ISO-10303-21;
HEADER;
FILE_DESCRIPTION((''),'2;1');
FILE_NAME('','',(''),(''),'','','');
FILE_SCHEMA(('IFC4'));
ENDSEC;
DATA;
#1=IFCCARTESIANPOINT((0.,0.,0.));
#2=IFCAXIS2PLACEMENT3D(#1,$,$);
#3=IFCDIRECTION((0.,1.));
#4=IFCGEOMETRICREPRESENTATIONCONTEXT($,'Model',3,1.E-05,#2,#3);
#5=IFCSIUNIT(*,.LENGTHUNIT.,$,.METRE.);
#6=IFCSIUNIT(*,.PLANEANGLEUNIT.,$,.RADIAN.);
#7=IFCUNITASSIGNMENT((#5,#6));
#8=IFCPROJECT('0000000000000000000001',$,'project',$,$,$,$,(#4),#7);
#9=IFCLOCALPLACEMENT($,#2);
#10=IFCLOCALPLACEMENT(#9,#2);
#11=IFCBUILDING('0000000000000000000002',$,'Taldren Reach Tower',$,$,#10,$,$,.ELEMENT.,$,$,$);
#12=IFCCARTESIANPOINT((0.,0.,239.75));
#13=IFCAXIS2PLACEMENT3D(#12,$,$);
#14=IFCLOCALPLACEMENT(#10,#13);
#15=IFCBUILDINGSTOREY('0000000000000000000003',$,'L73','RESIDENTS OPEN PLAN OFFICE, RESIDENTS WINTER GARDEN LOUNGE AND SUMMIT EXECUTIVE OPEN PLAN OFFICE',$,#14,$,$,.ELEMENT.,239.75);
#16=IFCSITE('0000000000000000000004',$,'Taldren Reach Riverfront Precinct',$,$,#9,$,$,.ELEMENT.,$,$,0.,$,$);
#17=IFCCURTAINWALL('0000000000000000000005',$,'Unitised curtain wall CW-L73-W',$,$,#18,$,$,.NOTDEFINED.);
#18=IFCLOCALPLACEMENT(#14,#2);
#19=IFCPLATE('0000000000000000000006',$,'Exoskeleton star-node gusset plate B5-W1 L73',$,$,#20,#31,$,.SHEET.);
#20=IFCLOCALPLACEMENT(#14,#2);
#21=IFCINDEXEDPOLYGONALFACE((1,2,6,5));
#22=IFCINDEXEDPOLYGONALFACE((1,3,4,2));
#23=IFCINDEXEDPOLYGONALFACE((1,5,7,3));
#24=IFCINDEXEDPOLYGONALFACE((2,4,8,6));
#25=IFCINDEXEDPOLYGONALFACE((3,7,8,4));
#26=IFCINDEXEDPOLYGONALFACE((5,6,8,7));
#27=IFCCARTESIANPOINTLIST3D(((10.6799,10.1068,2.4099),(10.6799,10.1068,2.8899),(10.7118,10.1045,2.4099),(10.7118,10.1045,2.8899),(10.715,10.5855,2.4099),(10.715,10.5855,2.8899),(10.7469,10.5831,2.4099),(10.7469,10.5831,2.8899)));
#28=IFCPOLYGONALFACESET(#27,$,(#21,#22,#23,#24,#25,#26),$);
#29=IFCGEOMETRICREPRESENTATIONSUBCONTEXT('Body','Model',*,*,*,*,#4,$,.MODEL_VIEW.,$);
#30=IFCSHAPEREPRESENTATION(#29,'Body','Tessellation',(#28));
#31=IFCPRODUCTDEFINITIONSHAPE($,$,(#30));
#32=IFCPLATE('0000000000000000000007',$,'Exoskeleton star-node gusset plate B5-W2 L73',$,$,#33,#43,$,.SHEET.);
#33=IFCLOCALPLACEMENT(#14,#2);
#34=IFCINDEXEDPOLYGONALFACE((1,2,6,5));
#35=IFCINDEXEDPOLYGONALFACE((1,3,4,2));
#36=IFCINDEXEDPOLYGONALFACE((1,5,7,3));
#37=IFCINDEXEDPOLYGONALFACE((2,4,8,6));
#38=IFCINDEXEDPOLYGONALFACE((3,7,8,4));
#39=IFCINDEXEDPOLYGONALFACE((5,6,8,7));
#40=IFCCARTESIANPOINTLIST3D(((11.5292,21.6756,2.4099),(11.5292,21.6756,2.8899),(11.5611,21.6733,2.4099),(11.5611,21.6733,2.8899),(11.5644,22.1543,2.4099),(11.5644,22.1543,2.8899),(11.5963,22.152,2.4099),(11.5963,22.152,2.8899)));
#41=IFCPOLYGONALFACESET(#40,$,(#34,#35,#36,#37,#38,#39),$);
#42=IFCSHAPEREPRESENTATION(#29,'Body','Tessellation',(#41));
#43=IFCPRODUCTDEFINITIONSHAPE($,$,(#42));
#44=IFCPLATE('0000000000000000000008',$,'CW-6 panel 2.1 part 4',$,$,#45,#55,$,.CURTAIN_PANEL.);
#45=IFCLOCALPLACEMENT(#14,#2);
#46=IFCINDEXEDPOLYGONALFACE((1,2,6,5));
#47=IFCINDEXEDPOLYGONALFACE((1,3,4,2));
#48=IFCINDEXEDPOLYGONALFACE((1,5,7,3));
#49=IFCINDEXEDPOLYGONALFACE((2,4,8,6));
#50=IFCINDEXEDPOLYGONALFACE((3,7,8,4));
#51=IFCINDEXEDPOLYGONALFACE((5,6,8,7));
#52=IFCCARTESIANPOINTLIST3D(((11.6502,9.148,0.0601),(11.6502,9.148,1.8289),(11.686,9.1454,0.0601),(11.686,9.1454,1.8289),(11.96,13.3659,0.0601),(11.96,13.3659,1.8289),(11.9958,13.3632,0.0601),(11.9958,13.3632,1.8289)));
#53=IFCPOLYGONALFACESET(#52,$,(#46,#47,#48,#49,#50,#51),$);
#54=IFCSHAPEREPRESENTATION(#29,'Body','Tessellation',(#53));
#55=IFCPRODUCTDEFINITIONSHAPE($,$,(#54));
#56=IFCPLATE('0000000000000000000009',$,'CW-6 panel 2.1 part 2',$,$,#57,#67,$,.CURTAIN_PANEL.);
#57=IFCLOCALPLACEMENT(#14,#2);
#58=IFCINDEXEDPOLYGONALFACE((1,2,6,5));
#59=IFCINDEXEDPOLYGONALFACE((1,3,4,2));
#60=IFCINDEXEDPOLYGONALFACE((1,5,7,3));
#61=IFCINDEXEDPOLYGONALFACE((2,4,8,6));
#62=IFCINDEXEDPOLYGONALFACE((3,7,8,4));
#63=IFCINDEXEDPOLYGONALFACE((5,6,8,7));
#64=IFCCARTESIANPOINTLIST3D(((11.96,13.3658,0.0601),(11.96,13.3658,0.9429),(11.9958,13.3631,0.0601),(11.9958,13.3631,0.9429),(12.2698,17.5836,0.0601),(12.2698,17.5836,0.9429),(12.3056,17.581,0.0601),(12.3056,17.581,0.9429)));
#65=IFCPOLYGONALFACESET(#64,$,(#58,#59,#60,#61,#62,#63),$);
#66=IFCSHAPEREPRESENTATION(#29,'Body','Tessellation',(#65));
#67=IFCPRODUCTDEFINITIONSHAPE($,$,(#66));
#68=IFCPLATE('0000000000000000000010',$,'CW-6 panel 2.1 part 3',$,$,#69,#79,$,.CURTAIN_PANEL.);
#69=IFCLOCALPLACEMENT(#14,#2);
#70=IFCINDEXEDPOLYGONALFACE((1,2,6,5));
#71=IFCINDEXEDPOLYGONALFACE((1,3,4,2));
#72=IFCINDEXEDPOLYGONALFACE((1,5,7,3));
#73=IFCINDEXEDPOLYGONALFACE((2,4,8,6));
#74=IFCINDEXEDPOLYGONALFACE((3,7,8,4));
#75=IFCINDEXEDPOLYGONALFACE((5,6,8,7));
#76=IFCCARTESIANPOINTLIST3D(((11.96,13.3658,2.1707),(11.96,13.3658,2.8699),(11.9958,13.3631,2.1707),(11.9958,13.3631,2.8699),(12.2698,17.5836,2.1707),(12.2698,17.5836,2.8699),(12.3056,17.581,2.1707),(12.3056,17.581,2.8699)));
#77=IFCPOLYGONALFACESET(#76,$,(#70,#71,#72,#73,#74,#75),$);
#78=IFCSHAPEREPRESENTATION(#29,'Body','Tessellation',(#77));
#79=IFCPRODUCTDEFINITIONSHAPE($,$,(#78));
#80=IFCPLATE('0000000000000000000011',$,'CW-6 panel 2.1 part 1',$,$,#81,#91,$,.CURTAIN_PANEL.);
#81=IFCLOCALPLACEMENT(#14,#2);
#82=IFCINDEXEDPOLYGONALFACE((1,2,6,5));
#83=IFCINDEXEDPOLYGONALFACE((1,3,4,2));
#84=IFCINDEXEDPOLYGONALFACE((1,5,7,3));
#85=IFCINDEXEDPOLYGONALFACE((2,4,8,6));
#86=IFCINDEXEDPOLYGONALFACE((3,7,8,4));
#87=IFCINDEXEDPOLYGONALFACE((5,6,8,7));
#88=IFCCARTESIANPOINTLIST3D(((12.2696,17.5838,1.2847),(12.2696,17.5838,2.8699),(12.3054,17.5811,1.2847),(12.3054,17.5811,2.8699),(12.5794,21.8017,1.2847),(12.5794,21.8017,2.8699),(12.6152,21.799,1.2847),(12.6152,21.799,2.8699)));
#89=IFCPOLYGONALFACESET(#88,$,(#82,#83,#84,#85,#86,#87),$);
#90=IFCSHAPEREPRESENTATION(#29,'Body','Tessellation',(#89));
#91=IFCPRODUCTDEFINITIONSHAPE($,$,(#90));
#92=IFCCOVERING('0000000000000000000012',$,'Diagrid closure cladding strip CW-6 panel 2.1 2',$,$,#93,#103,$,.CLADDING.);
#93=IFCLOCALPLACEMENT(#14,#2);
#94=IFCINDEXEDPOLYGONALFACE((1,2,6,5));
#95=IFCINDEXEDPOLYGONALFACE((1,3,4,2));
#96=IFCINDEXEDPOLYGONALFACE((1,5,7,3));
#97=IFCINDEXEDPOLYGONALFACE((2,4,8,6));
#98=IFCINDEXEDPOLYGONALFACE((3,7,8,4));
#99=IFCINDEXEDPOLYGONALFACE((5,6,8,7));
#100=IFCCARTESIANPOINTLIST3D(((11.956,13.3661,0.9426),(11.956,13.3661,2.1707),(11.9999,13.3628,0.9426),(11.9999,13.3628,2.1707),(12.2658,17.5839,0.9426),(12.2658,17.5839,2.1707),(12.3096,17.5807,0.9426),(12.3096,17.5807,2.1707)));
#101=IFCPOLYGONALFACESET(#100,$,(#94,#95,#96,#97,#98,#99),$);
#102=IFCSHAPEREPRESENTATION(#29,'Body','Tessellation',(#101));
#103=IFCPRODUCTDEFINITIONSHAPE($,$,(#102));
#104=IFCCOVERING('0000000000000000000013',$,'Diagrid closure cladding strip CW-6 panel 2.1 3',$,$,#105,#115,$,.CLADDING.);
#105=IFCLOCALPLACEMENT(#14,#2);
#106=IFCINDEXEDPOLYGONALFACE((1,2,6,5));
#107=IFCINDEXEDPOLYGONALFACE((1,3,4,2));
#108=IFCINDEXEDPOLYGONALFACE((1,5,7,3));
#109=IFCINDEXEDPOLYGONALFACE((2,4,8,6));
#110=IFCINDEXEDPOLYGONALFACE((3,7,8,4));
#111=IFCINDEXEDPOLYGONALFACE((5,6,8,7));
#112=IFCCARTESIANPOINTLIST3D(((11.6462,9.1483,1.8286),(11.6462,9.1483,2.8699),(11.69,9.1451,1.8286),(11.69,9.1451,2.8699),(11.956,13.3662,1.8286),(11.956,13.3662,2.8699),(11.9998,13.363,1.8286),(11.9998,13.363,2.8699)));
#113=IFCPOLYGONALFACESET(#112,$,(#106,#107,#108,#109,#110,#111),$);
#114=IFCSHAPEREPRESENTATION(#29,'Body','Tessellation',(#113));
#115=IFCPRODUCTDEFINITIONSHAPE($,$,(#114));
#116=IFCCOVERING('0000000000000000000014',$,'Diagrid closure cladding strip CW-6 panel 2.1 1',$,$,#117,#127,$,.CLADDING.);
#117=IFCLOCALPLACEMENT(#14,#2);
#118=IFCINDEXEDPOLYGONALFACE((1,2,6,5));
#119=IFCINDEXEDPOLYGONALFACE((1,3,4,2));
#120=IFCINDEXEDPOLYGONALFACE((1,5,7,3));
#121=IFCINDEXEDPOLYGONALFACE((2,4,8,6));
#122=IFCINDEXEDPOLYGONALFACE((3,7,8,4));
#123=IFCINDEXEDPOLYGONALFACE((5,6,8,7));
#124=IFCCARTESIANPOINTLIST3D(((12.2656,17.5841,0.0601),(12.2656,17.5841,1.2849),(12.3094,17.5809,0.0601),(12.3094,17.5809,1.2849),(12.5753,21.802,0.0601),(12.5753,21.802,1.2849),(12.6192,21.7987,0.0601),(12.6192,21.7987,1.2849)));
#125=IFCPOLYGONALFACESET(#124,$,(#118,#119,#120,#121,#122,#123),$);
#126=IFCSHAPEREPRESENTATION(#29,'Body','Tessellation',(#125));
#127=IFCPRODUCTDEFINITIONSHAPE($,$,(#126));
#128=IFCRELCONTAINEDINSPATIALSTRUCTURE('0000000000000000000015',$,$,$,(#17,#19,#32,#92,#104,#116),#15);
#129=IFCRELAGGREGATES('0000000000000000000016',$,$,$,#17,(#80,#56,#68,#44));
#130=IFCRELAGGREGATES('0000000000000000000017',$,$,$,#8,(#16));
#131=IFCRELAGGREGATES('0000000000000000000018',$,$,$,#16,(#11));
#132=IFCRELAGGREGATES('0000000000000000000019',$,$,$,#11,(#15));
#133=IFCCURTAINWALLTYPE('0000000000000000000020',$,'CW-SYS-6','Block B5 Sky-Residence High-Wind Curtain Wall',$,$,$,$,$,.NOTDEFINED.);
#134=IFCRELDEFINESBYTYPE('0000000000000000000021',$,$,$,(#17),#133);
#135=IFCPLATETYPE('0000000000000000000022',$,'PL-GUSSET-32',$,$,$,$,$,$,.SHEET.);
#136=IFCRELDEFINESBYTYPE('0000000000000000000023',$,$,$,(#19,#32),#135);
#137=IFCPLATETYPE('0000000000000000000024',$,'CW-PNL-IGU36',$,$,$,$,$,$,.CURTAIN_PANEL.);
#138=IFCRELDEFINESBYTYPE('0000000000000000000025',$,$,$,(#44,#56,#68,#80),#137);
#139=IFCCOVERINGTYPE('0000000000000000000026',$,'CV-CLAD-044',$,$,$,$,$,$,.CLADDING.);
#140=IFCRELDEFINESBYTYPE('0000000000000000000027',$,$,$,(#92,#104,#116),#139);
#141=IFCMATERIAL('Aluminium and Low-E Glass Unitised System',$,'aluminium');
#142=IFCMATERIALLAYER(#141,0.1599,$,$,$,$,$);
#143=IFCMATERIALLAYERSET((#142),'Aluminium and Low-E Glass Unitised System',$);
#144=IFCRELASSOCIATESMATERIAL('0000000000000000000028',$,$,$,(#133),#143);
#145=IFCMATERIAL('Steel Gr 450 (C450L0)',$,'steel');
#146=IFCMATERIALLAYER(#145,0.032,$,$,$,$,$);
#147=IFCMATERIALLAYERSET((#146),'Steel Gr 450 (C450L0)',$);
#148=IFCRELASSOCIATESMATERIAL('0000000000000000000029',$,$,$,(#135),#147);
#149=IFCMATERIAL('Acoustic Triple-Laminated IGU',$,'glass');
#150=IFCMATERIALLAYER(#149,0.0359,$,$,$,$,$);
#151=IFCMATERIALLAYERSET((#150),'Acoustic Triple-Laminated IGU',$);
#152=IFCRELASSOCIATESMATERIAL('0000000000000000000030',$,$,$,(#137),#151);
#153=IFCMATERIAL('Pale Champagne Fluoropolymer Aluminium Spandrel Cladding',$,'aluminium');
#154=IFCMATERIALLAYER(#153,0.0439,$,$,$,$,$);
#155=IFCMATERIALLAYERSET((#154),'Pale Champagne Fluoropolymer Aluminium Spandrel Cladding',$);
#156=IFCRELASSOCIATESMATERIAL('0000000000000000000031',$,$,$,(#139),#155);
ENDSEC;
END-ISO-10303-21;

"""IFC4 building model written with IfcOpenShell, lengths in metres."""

from ifc_helpers import new_model, si_unit, direction, frame, origin, origin_2d, place, context, subcontext, project, spatial, rectangle, extrude, source, transform, mapped, material, layer, layer_set, type_object, element, aggregate, save


model = new_model("IFC4")

# Units and contexts
model_context = context("Model", 3, precision=1e-05, world=origin(), true_north=direction((0.0, 1.0)))
body_context = subcontext(model_context, "Body", "Model", "MODEL_VIEW")
ifc_project = project(units=[si_unit("LENGTHUNIT", "METRE"), si_unit("PLANEANGLEUNIT", "RADIAN")], contexts=[model_context])

# Site, building, storey
site_placement = place(None, origin())
site = spatial("IfcSite", under=ifc_project, at=site_placement, Name="Taldren Reach Riverfront Precinct", CompositionType="ELEMENT", RefElevation=0.0)
building_placement = place(site_placement, origin())
building = spatial("IfcBuilding", under=site, at=building_placement, Name="Taldren Reach Tower", CompositionType="ELEMENT")
storey_placement = place(building_placement, frame((0.0, 0.0, 239.75)))
storey = spatial("IfcBuildingStorey", under=building, at=storey_placement, Name="L73", Description="RESIDENTS OPEN PLAN OFFICE, RESIDENTS WINTER GARDEN LOUNGE AND SUMMIT EXECUTIVE OPEN PLAN OFFICE", CompositionType="ELEMENT", Elevation=239.75)

# Shared definitions
ifc_material_1 = material(Name="Steel Gr 450 (C450L0)", Category="steel")

# Curtain wall
ifc_material_2 = material(Name="Aluminium and Low-E Glass Unitised System", Category="aluminium")
ifc_layer_1 = layer(ifc_material_2, 0.1599)
ifc_layer_set_1 = layer_set([ifc_layer_1], Name="Aluminium and Low-E Glass Unitised System")
curtain_wall_type = type_object("IfcCurtainWallType", Name="CW-SYS-6", Description="Block B5 Sky-Residence High-Wind Curtain Wall", PredefinedType="NOTDEFINED", material=ifc_layer_set_1)
curtain_wall_placement = place(storey_placement, origin())
curtain_wall = element("IfcCurtainWall", 1, at=curtain_wall_placement, inside=storey, type_object=curtain_wall_type, Name="Unitised curtain wall CW-L73-W", PredefinedType="NOTDEFINED")

# Plates
ifc_layer_2 = layer(ifc_material_1, 0.032)
ifc_layer_set_2 = layer_set([ifc_layer_2], Name="Steel Gr 450 (C450L0)")
plate_type_1 = type_object("IfcPlateType", Name="PL-GUSSET-32", PredefinedType="SHEET", material=ifc_layer_set_2)
shared_shape_1 = source(origin(), body_context, "Body", "SweptSolid", [
    extrude(rectangle(XDim=0.48, YDim=0.032, at=origin_2d()), origin(), (0.0, 0.0, 1.0), 0.48),
])
for number, where, z_axis, x_axis, name in (
    (2, (10.7134, 10.345, 2.4099), (0.0, 0.0, 1.0), (0.073238, 0.997314, 0.0), "Exoskeleton star-node gusset plate B5-W1 L73"),
    (3, (11.5627, 21.9138, 2.4099), (0.0, 0.0, 1.0), (0.073238, 0.997314, 0.0), "Exoskeleton star-node gusset plate B5-W2 L73"),
):
    element("IfcPlate", number, at=place(storey_placement, frame(where, z_axis=z_axis, x_axis=x_axis)), inside=storey, type_object=plate_type_1, Name=name, PredefinedType="SHEET", context=body_context, shape_type="MappedRepresentation", body=[
        mapped(shared_shape_1, transform((0.0, 0.0, 0.0), scale=1.0)),
    ])

# Plates
ifc_material_3 = material(Name="Acoustic Triple-Laminated IGU", Category="glass")
ifc_layer_3 = layer(ifc_material_3, 0.0359)
ifc_layer_set_3 = layer_set([ifc_layer_3], Name="Acoustic Triple-Laminated IGU")
plate_type_2 = type_object("IfcPlateType", Name="CW-PNL-IGU36", PredefinedType="CURTAIN_PANEL", material=ifc_layer_set_3)
shared_shape_2 = source(origin(), body_context, "Body", "SweptSolid", [
    extrude(rectangle(XDim=4.2292, YDim=0.0359, at=origin_2d()), origin(), (0.0, 0.0, 1.0), 1.7688),
])
plate_1_placement = place(storey_placement, frame((11.823, 11.2556, 0.0601), z_axis=(0.0, 0.0, 1.0), x_axis=(-0.073238, -0.997314, 0.0)))
plate_1 = element("IfcPlate", 4, at=plate_1_placement, type_object=plate_type_2, Name="CW-6 panel 2.1 part 4", PredefinedType="CURTAIN_PANEL", context=body_context, shape_type="MappedRepresentation", body=[
    mapped(shared_shape_2, transform((0.0, 0.0, 0.0), scale=1.0)),
])
shared_shape_3 = source(origin(), body_context, "Body", "SweptSolid", [
    extrude(rectangle(XDim=4.2292, YDim=0.0359, at=origin_2d()), origin(), (0.0, 0.0, 1.0), 0.8828),
])
plate_2_placement = place(storey_placement, frame((12.1328, 15.4734, 0.0601), z_axis=(0.0, 0.0, 1.0), x_axis=(-0.073238, -0.997314, 0.0)))
plate_2 = element("IfcPlate", 5, at=plate_2_placement, type_object=plate_type_2, Name="CW-6 panel 2.1 part 2", PredefinedType="CURTAIN_PANEL", context=body_context, shape_type="MappedRepresentation", body=[
    mapped(shared_shape_3, transform((0.0, 0.0, 0.0), scale=1.0)),
])
shared_shape_4 = source(origin(), body_context, "Body", "SweptSolid", [
    extrude(rectangle(XDim=4.2292, YDim=0.0359, at=origin_2d()), origin(), (0.0, 0.0, 1.0), 0.6992),
])
plate_3_placement = place(storey_placement, frame((12.1328, 15.4734, 2.1707), z_axis=(0.0, 0.0, 1.0), x_axis=(-0.073238, -0.997314, 0.0)))
plate_3 = element("IfcPlate", 6, at=plate_3_placement, type_object=plate_type_2, Name="CW-6 panel 2.1 part 3", PredefinedType="CURTAIN_PANEL", context=body_context, shape_type="MappedRepresentation", body=[
    mapped(shared_shape_4, transform((0.0, 0.0, 0.0), scale=1.0)),
])
shared_shape_5 = source(origin(), body_context, "Body", "SweptSolid", [
    extrude(rectangle(XDim=4.2292, YDim=0.0359, at=origin_2d()), origin(), (0.0, 0.0, 1.0), 1.5852),
])
plate_4_placement = place(storey_placement, frame((12.4424, 19.6914, 1.2847), z_axis=(0.0, 0.0, 1.0), x_axis=(-0.073238, -0.997314, 0.0)))
plate_4 = element("IfcPlate", 7, at=plate_4_placement, type_object=plate_type_2, Name="CW-6 panel 2.1 part 1", PredefinedType="CURTAIN_PANEL", context=body_context, shape_type="MappedRepresentation", body=[
    mapped(shared_shape_5, transform((0.0, 0.0, 0.0), scale=1.0)),
])
aggregate(curtain_wall, [plate_4, plate_2, plate_3, plate_1])

# Coverings
ifc_material_4 = material(Name="Pale Champagne Fluoropolymer Aluminium Spandrel Cladding", Category="aluminium")
ifc_layer_4 = layer(ifc_material_4, 0.0439)
ifc_layer_set_4 = layer_set([ifc_layer_4], Name="Pale Champagne Fluoropolymer Aluminium Spandrel Cladding")
covering_type = type_object("IfcCoveringType", Name="CV-CLAD-044", PredefinedType="CLADDING", material=ifc_layer_set_4)
shared_shape_6 = source(origin(), body_context, "Body", "SweptSolid", [
    extrude(rectangle(XDim=4.2292, YDim=0.0439, at=origin_2d()), origin(), (0.0, 0.0, 1.0), 1.228),
])
covering_1_placement = place(storey_placement, frame((12.1328, 15.4734, 0.9426), z_axis=(0.0, 0.0, 1.0), x_axis=(-0.073238, -0.997314, 0.0)))
element("IfcCovering", 8, at=covering_1_placement, inside=storey, type_object=covering_type, Name="Diagrid closure cladding strip CW-6 panel 2.1 2", PredefinedType="CLADDING", context=body_context, shape_type="MappedRepresentation", body=[
    mapped(shared_shape_6, transform((0.0, 0.0, 0.0), scale=1.0)),
])
shared_shape_7 = source(origin(), body_context, "Body", "SweptSolid", [
    extrude(rectangle(XDim=4.2292, YDim=0.0439, at=origin_2d()), origin(), (0.0, 0.0, 1.0), 1.0413),
])
covering_2_placement = place(storey_placement, frame((11.823, 11.2556, 1.8286), z_axis=(0.0, 0.0, 1.0), x_axis=(-0.073238, -0.997314, 0.0)))
element("IfcCovering", 9, at=covering_2_placement, inside=storey, type_object=covering_type, Name="Diagrid closure cladding strip CW-6 panel 2.1 3", PredefinedType="CLADDING", context=body_context, shape_type="MappedRepresentation", body=[
    mapped(shared_shape_7, transform((0.0, 0.0, 0.0), scale=1.0)),
])
shared_shape_8 = source(origin(), body_context, "Body", "SweptSolid", [
    extrude(rectangle(XDim=4.2292, YDim=0.0439, at=origin_2d()), origin(), (0.0, 0.0, 1.0), 1.2249),
])
covering_3_placement = place(storey_placement, frame((12.4424, 19.6914, 0.0601), z_axis=(0.0, 0.0, 1.0), x_axis=(-0.073238, -0.997314, 0.0)))
element("IfcCovering", 10, at=covering_3_placement, inside=storey, type_object=covering_type, Name="Diagrid closure cladding strip CW-6 panel 2.1 1", PredefinedType="CLADDING", context=body_context, shape_type="MappedRepresentation", body=[
    mapped(shared_shape_8, transform((0.0, 0.0, 0.0), scale=1.0)),
])

save(model, "model.ifc")
